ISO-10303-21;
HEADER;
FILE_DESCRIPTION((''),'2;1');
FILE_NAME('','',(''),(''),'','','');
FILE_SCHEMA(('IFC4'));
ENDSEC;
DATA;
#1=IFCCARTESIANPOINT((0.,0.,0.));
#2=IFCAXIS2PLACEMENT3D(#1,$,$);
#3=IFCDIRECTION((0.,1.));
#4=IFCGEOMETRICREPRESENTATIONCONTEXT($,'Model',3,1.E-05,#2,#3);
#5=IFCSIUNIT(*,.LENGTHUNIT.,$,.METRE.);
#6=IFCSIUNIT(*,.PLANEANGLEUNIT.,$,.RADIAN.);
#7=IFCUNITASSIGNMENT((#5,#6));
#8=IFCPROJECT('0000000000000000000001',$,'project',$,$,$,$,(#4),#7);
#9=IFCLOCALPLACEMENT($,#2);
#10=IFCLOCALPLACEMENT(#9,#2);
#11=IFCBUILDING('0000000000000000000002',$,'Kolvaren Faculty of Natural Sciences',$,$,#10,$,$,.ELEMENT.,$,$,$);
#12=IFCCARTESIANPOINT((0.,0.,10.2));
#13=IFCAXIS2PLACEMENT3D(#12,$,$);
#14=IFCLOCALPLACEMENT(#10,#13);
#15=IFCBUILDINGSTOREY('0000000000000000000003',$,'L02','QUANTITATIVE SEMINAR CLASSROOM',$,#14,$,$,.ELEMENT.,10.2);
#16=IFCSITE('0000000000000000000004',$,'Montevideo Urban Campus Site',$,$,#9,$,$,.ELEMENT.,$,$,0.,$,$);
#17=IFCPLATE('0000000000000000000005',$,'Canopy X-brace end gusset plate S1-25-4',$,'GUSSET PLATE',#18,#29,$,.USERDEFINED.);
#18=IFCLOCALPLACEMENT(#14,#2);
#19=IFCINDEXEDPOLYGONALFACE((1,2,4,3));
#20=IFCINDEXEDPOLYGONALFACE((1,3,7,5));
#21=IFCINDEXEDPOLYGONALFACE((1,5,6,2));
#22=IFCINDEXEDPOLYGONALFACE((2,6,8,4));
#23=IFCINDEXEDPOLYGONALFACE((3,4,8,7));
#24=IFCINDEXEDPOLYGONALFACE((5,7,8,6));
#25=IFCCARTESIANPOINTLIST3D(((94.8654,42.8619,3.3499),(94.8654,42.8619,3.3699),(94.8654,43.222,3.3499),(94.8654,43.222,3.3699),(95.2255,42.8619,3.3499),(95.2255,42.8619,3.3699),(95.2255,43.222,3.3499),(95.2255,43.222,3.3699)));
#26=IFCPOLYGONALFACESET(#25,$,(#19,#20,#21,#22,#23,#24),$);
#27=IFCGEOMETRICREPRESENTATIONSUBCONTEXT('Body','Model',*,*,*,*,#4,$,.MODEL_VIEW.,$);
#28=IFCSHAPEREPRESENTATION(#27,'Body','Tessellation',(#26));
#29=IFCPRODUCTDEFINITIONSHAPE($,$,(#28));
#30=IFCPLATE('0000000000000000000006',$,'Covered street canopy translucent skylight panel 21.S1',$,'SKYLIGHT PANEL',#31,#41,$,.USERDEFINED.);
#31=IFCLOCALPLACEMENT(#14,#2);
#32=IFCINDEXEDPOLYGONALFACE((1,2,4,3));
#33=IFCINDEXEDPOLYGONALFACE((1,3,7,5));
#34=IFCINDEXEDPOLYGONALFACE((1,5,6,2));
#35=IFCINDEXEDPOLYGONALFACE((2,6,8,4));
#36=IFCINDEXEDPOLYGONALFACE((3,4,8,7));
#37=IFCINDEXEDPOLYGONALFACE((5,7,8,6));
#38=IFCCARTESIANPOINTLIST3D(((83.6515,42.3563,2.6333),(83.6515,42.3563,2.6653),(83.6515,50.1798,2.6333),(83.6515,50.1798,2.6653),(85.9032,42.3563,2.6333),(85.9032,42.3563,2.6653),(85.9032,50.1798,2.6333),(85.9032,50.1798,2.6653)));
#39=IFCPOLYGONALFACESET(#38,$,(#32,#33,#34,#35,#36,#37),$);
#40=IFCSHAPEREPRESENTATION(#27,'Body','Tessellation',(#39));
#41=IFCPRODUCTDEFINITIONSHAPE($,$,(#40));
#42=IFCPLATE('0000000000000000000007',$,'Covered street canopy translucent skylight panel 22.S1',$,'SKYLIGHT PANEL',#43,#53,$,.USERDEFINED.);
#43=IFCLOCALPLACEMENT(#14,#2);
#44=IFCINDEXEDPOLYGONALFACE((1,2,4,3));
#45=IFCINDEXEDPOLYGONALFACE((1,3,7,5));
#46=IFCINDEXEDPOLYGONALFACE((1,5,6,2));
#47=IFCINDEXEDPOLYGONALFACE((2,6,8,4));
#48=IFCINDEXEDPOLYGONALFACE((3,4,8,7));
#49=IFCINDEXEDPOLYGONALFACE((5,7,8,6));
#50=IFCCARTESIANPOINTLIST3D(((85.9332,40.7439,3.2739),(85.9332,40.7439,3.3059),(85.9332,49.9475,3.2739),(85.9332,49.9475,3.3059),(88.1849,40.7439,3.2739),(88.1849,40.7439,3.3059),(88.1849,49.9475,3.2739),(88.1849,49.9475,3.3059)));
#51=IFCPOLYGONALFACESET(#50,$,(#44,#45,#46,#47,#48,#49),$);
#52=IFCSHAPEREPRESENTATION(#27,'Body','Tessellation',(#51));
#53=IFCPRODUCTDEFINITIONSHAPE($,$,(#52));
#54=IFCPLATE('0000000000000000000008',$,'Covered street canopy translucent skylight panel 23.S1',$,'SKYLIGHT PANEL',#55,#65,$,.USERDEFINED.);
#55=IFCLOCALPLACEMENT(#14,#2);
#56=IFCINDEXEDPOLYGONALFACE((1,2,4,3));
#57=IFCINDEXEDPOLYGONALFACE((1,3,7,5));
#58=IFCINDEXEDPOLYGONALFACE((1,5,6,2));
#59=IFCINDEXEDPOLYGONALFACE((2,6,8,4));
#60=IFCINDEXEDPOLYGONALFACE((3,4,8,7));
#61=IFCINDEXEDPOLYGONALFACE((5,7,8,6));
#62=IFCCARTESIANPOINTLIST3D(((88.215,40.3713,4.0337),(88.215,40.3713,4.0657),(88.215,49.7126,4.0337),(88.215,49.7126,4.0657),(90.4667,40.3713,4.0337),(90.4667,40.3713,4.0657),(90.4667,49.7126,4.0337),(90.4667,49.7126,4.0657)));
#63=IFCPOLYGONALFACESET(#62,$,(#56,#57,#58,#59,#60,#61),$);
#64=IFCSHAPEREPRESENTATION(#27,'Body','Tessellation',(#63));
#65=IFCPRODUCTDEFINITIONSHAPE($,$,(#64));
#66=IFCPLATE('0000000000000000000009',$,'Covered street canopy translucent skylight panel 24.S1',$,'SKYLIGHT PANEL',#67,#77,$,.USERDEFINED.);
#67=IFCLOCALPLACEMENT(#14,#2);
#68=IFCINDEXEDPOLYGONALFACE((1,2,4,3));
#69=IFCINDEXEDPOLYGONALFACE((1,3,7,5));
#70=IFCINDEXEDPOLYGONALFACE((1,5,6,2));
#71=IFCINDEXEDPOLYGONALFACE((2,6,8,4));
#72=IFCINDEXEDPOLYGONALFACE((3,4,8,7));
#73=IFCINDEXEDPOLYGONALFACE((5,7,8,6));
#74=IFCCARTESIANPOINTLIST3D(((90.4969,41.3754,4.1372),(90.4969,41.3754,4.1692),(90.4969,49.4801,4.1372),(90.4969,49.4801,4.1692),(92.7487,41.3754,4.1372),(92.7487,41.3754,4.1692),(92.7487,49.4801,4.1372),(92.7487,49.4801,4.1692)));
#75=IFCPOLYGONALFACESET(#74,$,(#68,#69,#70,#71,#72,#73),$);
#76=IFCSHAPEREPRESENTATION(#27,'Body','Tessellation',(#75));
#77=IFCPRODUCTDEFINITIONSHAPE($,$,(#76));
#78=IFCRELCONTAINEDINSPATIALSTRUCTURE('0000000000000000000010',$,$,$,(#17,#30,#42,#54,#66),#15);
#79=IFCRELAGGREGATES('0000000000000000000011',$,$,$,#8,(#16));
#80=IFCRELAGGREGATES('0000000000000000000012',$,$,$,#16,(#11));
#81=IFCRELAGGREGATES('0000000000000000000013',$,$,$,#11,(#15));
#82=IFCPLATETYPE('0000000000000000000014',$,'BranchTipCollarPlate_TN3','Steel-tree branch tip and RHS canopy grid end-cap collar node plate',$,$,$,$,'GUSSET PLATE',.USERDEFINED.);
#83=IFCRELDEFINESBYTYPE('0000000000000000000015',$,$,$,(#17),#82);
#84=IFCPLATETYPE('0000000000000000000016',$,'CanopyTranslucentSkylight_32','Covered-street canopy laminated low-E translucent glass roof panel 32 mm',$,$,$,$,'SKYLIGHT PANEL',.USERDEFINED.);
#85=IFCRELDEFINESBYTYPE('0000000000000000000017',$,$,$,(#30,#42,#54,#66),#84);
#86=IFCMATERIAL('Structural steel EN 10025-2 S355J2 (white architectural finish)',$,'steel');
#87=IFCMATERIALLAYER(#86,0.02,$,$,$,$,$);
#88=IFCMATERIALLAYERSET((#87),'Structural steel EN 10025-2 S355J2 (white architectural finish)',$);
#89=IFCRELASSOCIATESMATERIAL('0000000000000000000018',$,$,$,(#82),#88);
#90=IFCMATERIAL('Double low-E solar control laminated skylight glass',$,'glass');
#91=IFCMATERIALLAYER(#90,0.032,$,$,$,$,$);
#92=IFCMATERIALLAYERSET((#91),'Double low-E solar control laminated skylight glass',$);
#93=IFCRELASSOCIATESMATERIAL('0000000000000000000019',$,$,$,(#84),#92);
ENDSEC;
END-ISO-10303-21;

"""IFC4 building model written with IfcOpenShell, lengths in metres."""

from ifc_helpers import new_model, si_unit, direction, frame, origin, origin_2d, place, context, subcontext, project, spatial, rectangle, extrude, material, layer, layer_set, type_object, element, save


model = new_model("IFC4")

# Units and contexts
model_context = context("Model", 3, precision=1e-05, world=origin(), true_north=direction((0.0, 1.0)))
body_context = subcontext(model_context, "Body", "Model", "MODEL_VIEW")
ifc_project = project(units=[si_unit("LENGTHUNIT", "METRE"), si_unit("PLANEANGLEUNIT", "RADIAN")], contexts=[model_context])

# Site, building, storey
site_placement = place(None, origin())
site = spatial("IfcSite", under=ifc_project, at=site_placement, Name="Montevideo Urban Campus Site", CompositionType="ELEMENT", RefElevation=0.0)
building_placement = place(site_placement, origin())
building = spatial("IfcBuilding", under=site, at=building_placement, Name="Kolvaren Faculty of Natural Sciences", CompositionType="ELEMENT")
storey_placement = place(building_placement, frame((0.0, 0.0, 10.2)))
storey = spatial("IfcBuildingStorey", under=building, at=storey_placement, Name="L02", Description="QUANTITATIVE SEMINAR CLASSROOM", CompositionType="ELEMENT", Elevation=10.2)

# Plates
ifc_material_1 = material(Name="Structural steel EN 10025-2 S355J2 (white architectural finish)", Category="steel")
ifc_layer_1 = layer(ifc_material_1, 0.02)
ifc_layer_set_1 = layer_set([ifc_layer_1], Name="Structural steel EN 10025-2 S355J2 (white architectural finish)")
plate_type_1 = type_object("IfcPlateType", Name="BranchTipCollarPlate_TN3", Description="Steel-tree branch tip and RHS canopy grid end-cap collar node plate", ElementType="GUSSET PLATE", PredefinedType="USERDEFINED", material=ifc_layer_set_1)
for number, where, z_axis, x_axis, name in (
    (1, (95.0454, 43.042, 3.3499), (0.0, 0.0, 1.0), (1.0, 0.0, 0.0), "Canopy X-brace end gusset plate S1-25-4"),
):
    element("IfcPlate", number, at=place(storey_placement, frame(where, z_axis=z_axis, x_axis=x_axis)), inside=storey, type_object=plate_type_1, Name=name, ObjectType="GUSSET PLATE", PredefinedType="USERDEFINED", context=body_context, shape_type="SweptSolid", body=[
        extrude(rectangle(XDim=0.3601, YDim=0.3601, at=origin_2d()), origin(), (0.0, 0.0, 1.0), 0.02),
    ])
ifc_material_2 = material(Name="Double low-E solar control laminated skylight glass", Category="glass")
ifc_layer_2 = layer(ifc_material_2, 0.032)
ifc_layer_set_2 = layer_set([ifc_layer_2], Name="Double low-E solar control laminated skylight glass")
plate_type_2 = type_object("IfcPlateType", Name="CanopyTranslucentSkylight_32", Description="Covered-street canopy laminated low-E translucent glass roof panel 32 mm", ElementType="SKYLIGHT PANEL", PredefinedType="USERDEFINED", material=ifc_layer_set_2)
plate_1_placement = place(storey_placement, frame((84.7773, 46.2681, 2.6333), z_axis=(0.0, 0.0, 1.0), x_axis=(1.0, 0.0, 0.0)))
element("IfcPlate", 2, at=plate_1_placement, inside=storey, type_object=plate_type_2, Name="Covered street canopy translucent skylight panel 21.S1", ObjectType="SKYLIGHT PANEL", PredefinedType="USERDEFINED", context=body_context, shape_type="SweptSolid", body=[
    extrude(rectangle(XDim=2.2517, YDim=7.8235, at=origin_2d()), origin(), (0.0, 0.0, 1.0), 0.032),
])
plate_2_placement = place(storey_placement, frame((87.0591, 45.3457, 3.2739), z_axis=(0.0, 0.0, 1.0), x_axis=(1.0, 0.0, 0.0)))
element("IfcPlate", 3, at=plate_2_placement, inside=storey, type_object=plate_type_2, Name="Covered street canopy translucent skylight panel 22.S1", ObjectType="SKYLIGHT PANEL", PredefinedType="USERDEFINED", context=body_context, shape_type="SweptSolid", body=[
    extrude(rectangle(XDim=2.2517, YDim=9.2036, at=origin_2d()), origin(), (0.0, 0.0, 1.0), 0.032),
])
plate_3_placement = place(storey_placement, frame((89.3408, 45.042, 4.0337), z_axis=(0.0, 0.0, 1.0), x_axis=(1.0, 0.0, 0.0)))
element("IfcPlate", 4, at=plate_3_placement, inside=storey, type_object=plate_type_2, Name="Covered street canopy translucent skylight panel 23.S1", ObjectType="SKYLIGHT PANEL", PredefinedType="USERDEFINED", context=body_context, shape_type="SweptSolid", body=[
    extrude(rectangle(XDim=2.2517, YDim=9.3413, at=origin_2d()), origin(), (0.0, 0.0, 1.0), 0.032),
])
plate_4_placement = place(storey_placement, frame((91.6228, 45.4277, 4.1372), z_axis=(0.0, 0.0, 1.0), x_axis=(1.0, 0.0, 0.0)))
element("IfcPlate", 5, at=plate_4_placement, inside=storey, type_object=plate_type_2, Name="Covered street canopy translucent skylight panel 24.S1", ObjectType="SKYLIGHT PANEL", PredefinedType="USERDEFINED", context=body_context, shape_type="SweptSolid", body=[
    extrude(rectangle(XDim=2.2517, YDim=8.1047, at=origin_2d()), origin(), (0.0, 0.0, 1.0), 0.032),
])

save(model, "model.ifc")
